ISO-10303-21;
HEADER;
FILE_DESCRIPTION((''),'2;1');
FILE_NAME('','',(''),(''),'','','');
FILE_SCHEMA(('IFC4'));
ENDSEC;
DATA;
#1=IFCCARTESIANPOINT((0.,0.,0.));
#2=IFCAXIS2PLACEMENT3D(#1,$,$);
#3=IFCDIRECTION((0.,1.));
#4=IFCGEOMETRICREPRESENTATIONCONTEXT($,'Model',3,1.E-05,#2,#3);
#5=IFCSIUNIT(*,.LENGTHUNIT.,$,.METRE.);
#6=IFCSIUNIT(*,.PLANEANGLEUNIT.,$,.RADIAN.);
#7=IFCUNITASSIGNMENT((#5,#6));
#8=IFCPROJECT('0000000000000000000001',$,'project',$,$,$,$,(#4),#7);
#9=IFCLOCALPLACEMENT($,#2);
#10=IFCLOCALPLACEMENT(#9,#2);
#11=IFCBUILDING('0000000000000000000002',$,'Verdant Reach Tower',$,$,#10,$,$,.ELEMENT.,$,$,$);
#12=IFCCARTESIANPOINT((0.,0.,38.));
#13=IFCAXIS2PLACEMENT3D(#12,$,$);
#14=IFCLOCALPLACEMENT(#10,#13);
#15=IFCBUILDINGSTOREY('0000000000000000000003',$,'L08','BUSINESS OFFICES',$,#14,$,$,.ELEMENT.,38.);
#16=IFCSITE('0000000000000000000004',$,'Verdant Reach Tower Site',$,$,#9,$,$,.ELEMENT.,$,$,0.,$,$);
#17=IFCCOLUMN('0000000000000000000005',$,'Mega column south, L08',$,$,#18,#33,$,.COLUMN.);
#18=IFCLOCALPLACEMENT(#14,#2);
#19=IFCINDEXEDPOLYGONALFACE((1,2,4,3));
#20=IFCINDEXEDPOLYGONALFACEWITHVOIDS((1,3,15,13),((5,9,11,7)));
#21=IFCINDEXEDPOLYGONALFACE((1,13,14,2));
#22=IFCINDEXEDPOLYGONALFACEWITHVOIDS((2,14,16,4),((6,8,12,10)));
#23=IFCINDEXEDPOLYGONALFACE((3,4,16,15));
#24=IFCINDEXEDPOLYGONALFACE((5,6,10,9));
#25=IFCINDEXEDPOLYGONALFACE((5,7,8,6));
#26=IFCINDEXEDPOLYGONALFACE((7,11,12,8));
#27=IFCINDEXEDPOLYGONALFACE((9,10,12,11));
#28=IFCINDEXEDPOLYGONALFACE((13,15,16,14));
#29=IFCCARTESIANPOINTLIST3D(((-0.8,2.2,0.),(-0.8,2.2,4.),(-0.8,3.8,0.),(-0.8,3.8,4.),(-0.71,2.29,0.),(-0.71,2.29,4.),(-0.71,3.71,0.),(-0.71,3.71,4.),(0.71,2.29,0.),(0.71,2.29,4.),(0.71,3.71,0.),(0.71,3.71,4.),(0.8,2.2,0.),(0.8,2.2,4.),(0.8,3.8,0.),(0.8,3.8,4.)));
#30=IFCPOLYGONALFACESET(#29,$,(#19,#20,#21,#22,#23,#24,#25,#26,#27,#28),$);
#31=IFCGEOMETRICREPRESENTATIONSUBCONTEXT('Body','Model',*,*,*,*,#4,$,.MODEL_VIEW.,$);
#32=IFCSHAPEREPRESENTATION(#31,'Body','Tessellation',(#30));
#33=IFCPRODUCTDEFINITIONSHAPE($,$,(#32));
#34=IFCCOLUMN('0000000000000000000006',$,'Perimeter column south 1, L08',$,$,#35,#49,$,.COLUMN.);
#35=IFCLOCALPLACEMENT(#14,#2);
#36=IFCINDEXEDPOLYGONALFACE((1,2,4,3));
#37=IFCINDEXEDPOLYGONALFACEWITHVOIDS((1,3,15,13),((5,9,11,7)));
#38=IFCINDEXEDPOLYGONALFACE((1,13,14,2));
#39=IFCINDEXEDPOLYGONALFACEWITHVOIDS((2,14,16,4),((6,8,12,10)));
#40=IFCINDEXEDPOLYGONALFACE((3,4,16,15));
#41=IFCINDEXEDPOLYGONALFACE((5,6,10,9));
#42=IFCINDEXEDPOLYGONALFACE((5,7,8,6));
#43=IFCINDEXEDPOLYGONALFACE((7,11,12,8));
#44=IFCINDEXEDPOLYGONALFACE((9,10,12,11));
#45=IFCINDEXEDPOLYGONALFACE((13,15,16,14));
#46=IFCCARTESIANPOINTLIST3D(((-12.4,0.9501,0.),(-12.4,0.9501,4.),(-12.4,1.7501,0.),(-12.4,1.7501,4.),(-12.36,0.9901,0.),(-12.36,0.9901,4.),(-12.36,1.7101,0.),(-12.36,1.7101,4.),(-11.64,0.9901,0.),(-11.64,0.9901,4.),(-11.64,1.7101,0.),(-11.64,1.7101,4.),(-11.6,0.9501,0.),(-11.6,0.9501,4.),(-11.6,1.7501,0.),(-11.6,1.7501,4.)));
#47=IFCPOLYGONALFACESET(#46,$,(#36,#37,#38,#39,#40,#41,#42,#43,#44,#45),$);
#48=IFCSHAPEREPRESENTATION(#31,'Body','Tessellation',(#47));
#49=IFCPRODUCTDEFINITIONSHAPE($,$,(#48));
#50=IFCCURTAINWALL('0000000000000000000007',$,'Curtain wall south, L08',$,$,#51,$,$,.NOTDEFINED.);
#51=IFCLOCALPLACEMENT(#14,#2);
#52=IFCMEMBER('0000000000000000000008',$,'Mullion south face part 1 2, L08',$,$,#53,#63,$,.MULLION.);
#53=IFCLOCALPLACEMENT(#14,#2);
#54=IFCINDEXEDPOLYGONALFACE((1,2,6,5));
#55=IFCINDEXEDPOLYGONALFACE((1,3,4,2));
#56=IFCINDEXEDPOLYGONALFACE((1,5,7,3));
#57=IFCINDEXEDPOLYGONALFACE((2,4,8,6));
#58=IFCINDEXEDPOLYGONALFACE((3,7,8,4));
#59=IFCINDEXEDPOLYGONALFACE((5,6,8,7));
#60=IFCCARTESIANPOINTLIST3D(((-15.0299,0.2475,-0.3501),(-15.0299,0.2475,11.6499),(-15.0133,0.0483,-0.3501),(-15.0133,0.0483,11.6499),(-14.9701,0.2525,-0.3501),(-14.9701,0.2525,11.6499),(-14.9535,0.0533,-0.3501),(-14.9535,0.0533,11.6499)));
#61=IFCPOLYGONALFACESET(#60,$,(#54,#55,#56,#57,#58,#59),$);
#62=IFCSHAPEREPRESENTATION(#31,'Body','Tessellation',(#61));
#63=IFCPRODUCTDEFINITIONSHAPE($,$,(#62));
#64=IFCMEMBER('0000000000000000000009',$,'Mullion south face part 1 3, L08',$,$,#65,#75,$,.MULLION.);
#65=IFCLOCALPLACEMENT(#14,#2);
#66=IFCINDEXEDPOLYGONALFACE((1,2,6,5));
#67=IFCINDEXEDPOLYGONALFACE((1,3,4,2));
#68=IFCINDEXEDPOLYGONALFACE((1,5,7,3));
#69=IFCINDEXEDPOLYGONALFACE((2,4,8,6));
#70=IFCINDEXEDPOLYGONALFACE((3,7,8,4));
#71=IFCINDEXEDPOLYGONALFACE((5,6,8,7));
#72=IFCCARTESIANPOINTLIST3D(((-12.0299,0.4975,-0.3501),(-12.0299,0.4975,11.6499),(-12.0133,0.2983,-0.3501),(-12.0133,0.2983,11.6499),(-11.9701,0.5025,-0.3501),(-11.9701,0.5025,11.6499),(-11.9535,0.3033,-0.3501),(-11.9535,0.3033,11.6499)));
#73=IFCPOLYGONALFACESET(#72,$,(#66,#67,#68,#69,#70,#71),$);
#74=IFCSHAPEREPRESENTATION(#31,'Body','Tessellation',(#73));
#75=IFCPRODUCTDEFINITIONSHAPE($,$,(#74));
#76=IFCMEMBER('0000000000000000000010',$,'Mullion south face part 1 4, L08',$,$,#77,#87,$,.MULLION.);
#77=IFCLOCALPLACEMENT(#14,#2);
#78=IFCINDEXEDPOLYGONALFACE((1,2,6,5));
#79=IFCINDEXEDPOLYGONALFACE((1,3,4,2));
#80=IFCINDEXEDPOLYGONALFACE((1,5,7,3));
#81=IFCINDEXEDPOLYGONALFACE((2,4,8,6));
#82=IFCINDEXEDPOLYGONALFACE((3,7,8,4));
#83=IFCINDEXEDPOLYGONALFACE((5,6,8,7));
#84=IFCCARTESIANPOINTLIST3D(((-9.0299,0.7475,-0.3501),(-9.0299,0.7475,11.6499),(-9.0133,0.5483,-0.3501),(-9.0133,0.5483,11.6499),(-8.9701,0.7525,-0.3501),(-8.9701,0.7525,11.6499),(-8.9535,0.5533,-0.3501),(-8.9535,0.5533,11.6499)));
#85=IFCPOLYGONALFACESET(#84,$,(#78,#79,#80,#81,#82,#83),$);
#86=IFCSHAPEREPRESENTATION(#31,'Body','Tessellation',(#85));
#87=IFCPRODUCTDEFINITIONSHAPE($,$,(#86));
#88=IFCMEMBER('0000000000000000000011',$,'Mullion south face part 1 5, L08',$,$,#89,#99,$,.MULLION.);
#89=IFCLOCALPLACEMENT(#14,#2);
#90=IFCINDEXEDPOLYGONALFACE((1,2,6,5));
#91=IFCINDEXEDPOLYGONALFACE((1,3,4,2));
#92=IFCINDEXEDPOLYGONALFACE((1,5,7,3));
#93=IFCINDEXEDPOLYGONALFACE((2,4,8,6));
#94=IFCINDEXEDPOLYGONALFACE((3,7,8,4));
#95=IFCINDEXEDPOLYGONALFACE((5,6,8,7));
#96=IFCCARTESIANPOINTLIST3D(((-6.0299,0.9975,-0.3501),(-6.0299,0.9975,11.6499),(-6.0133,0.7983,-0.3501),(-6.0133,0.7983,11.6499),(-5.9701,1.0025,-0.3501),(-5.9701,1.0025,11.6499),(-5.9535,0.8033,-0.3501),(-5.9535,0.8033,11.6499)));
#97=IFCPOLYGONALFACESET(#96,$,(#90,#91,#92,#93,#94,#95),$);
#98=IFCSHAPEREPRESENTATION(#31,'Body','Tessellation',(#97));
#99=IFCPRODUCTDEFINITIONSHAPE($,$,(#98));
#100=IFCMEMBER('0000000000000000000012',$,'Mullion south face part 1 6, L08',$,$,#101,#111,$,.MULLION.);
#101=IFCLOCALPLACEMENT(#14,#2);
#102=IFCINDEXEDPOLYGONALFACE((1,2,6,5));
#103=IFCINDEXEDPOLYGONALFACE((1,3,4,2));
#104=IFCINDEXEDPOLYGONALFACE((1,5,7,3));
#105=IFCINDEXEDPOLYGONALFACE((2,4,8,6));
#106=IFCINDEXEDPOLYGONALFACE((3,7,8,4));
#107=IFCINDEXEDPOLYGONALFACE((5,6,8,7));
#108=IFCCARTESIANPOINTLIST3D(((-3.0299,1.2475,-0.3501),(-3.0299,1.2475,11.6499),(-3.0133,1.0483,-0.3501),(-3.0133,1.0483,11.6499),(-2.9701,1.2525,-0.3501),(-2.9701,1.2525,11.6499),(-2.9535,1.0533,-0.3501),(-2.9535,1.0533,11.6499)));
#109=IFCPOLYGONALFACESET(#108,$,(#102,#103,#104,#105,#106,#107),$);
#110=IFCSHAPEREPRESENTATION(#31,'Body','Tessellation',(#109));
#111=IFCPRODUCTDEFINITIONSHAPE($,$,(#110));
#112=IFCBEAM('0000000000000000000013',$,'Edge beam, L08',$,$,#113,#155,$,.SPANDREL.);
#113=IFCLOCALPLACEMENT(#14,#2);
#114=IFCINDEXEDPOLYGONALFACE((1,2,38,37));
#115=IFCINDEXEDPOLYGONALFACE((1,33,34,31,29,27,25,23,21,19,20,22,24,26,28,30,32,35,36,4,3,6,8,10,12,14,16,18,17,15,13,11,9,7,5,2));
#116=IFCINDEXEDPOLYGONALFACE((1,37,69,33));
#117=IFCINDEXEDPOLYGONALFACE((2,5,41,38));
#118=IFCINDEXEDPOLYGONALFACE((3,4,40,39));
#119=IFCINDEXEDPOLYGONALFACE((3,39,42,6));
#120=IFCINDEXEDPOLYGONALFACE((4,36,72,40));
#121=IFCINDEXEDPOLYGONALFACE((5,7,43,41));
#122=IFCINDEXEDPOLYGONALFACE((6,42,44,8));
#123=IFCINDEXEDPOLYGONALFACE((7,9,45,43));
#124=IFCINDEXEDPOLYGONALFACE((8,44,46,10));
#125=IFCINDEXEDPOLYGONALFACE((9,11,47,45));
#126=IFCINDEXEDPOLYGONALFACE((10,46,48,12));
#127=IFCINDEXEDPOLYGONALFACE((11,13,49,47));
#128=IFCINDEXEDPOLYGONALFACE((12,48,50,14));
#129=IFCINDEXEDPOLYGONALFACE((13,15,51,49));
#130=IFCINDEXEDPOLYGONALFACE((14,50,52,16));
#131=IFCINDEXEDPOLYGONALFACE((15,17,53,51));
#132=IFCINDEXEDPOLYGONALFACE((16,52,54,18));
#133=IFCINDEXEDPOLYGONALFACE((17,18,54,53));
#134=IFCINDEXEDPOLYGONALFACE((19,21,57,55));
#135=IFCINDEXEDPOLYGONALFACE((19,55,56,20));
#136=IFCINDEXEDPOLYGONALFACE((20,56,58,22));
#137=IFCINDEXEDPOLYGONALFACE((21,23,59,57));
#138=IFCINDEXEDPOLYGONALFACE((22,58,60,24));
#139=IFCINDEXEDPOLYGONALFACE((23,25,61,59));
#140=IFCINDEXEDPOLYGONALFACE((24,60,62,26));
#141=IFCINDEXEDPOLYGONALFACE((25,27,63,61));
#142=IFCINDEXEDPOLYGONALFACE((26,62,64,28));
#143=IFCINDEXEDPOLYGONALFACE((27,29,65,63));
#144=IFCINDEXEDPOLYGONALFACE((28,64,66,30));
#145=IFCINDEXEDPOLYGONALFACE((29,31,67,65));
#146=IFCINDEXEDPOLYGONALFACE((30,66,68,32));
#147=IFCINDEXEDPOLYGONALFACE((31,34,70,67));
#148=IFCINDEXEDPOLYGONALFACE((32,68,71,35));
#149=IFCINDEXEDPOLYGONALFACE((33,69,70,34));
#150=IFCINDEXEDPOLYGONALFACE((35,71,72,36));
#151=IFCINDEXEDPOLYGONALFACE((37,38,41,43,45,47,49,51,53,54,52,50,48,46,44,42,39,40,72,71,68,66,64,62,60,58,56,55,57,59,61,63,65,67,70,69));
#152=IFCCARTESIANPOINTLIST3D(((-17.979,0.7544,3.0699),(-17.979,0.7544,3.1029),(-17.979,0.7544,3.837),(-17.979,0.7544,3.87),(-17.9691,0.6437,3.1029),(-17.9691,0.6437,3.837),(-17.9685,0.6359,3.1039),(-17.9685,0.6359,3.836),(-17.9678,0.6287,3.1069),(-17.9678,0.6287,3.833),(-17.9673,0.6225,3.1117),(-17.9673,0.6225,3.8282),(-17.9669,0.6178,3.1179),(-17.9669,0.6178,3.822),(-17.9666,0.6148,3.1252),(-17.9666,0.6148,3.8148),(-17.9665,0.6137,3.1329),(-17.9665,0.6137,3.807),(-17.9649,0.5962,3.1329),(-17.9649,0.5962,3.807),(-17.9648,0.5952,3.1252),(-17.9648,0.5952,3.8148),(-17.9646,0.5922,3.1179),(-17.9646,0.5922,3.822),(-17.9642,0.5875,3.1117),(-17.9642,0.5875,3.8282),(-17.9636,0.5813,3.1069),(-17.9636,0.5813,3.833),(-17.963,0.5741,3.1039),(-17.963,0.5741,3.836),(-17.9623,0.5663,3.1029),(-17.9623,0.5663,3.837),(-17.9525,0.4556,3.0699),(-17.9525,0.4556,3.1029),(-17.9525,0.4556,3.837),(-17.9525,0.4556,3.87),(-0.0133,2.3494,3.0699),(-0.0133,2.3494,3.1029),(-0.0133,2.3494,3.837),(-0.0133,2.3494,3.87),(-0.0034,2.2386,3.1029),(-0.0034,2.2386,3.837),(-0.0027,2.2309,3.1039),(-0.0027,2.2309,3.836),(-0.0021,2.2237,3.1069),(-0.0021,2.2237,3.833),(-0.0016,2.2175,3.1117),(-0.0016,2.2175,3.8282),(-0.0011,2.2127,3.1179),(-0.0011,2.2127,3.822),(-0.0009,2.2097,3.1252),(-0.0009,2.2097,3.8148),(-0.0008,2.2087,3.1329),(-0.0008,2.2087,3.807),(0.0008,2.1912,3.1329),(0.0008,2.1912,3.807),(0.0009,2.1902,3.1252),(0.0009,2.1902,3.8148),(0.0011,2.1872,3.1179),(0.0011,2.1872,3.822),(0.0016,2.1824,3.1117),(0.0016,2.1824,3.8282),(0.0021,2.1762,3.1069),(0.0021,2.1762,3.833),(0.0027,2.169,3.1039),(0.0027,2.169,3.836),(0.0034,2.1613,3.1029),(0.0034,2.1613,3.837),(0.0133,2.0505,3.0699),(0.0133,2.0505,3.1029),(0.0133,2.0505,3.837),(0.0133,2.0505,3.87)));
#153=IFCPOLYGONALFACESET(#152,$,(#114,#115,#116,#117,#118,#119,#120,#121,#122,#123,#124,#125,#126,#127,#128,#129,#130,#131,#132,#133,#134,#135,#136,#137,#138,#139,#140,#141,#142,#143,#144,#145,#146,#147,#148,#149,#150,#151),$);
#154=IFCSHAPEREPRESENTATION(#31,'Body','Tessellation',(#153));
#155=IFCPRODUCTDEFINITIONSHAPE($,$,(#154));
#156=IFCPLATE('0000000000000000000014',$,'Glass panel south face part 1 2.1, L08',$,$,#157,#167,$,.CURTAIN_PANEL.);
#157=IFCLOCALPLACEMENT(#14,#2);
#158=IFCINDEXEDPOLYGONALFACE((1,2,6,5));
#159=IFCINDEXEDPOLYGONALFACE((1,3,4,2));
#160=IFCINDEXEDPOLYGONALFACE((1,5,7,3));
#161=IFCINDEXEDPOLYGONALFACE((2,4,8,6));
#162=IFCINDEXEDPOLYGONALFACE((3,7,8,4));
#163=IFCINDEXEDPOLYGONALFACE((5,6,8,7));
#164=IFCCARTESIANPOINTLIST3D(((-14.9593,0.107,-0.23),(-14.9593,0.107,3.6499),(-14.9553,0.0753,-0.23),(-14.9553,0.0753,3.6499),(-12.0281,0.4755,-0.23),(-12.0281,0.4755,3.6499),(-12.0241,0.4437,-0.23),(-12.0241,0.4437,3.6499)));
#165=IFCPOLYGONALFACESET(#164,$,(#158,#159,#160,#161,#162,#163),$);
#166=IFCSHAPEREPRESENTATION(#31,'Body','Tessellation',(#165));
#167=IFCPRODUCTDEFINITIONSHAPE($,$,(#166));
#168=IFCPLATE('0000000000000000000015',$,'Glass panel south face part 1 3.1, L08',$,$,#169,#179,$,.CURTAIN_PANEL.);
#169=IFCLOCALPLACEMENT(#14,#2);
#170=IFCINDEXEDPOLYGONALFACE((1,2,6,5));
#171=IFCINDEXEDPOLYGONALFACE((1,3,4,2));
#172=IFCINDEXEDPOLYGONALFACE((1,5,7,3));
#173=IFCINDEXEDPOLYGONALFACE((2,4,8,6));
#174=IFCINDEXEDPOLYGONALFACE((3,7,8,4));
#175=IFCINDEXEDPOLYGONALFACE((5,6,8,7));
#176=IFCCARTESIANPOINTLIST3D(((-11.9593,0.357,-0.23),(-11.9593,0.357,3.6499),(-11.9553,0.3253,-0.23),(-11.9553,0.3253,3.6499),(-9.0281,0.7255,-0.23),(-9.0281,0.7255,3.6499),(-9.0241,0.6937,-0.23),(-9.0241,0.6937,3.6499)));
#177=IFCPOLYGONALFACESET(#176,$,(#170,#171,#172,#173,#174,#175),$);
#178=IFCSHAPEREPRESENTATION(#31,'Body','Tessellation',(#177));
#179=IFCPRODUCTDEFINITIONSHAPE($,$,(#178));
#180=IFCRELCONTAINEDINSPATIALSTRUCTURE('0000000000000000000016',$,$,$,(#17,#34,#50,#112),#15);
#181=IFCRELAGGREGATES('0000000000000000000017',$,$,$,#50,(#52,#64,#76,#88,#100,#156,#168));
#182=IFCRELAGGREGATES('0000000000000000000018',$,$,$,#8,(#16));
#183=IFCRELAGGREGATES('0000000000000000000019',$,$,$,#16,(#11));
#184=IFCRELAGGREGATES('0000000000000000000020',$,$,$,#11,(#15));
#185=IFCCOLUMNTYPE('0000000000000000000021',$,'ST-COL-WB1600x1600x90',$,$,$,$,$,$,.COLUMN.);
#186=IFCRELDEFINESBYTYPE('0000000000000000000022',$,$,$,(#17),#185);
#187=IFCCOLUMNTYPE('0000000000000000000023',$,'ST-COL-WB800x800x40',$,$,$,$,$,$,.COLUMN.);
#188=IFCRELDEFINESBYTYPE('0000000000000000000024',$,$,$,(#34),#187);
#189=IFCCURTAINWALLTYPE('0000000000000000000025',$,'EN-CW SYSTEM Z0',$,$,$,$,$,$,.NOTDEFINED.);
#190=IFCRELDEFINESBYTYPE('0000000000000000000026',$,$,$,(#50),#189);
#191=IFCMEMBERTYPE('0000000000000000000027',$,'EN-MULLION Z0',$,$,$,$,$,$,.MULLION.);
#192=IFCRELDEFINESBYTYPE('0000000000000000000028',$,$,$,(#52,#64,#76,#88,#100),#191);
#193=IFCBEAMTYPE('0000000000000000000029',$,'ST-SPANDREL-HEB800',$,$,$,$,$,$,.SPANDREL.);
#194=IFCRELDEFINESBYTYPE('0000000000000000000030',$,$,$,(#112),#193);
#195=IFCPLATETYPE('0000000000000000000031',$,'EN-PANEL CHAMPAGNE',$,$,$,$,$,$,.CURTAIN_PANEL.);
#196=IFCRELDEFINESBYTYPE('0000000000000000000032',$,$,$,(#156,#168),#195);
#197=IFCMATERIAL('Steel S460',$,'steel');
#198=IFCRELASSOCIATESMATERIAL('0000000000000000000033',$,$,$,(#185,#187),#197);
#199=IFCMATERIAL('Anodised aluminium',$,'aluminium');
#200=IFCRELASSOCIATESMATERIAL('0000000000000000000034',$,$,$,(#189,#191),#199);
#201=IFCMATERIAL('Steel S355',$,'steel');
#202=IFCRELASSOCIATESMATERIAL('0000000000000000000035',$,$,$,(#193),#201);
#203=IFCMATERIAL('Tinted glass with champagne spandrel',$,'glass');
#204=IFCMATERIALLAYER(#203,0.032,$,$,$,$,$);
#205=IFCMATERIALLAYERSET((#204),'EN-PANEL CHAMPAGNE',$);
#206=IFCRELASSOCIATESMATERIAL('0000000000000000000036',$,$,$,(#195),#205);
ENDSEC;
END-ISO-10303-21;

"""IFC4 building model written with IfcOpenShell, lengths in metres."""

from ifc_helpers import new_model, si_unit, direction, frame, origin, origin_2d, place, context, subcontext, project, spatial, rectangle, hollow_rectangle, i_section, extrude, material, layer, layer_set, material_profile, profile_set, type_object, element, aggregate, save


model = new_model("IFC4")

# Units and contexts
model_context = context("Model", 3, precision=1e-05, world=origin(), true_north=direction((0.0, 1.0)))
body_context = subcontext(model_context, "Body", "Model", "MODEL_VIEW")
ifc_project = project(units=[si_unit("LENGTHUNIT", "METRE"), si_unit("PLANEANGLEUNIT", "RADIAN")], contexts=[model_context])

# Site, building, storey
site_placement = place(None, origin())
site = spatial("IfcSite", under=ifc_project, at=site_placement, Name="Verdant Reach Tower Site", CompositionType="ELEMENT", RefElevation=0.0)
building_placement = place(site_placement, origin())
building = spatial("IfcBuilding", under=site, at=building_placement, Name="Verdant Reach Tower", CompositionType="ELEMENT")
storey_placement = place(building_placement, frame((0.0, 0.0, 38.0)))
storey = spatial("IfcBuildingStorey", under=building, at=storey_placement, Name="L08", Description="BUSINESS OFFICES", CompositionType="ELEMENT", Elevation=38.0)

# Columns
ifc_material_1 = material(Name="Steel S460", Category="steel")
ifc_material_profile_1 = material_profile(ifc_material_1, hollow_rectangle(XDim=1.6001, YDim=1.6001, WallThickness=0.0901, at=origin_2d()), Name="WB 1600x1600x90")
ifc_profile_set_1 = profile_set([ifc_material_profile_1], Name="Steel S460")
column_type_1 = type_object("IfcColumnType", Name="ST-COL-WB1600x1600x90", PredefinedType="COLUMN", material=ifc_profile_set_1)
column_1_placement = place(storey_placement, frame((0.0, 3.0, 0.0), z_axis=(0.0, 0.0, 1.0), x_axis=(1.0, 0.0, 0.0)))
element("IfcColumn", 1, at=column_1_placement, inside=storey, type_object=column_type_1, Name="Mega column south, L08", PredefinedType="COLUMN", context=body_context, shape_type="SweptSolid", body=[
    extrude(hollow_rectangle(XDim=1.6001, YDim=1.6001, WallThickness=0.0901, at=origin_2d()), origin(), (0.0, 0.0, 1.0), 4.0),
])
ifc_material_profile_2 = material_profile(ifc_material_1, hollow_rectangle(XDim=0.8, YDim=0.8, WallThickness=0.04, at=origin_2d()), Name="WB 800x800x40")
ifc_profile_set_2 = profile_set([ifc_material_profile_2], Name="Steel S460")
column_type_2 = type_object("IfcColumnType", Name="ST-COL-WB800x800x40", PredefinedType="COLUMN", material=ifc_profile_set_2)
column_2_placement = place(storey_placement, frame((-12.0, 1.3501, 0.0), z_axis=(0.0, 0.0, 1.0), x_axis=(1.0, 0.0, 0.0)))
element("IfcColumn", 2, at=column_2_placement, inside=storey, type_object=column_type_2, Name="Perimeter column south 1, L08", PredefinedType="COLUMN", context=body_context, shape_type="SweptSolid", body=[
    extrude(hollow_rectangle(XDim=0.8, YDim=0.8, WallThickness=0.04, at=origin_2d()), origin(), (0.0, 0.0, 1.0), 4.0),
])

# Curtain wall, members
ifc_material_2 = material(Name="Anodised aluminium", Category="aluminium")
curtain_wall_type = type_object("IfcCurtainWallType", Name="EN-CW SYSTEM Z0", PredefinedType="NOTDEFINED", material=ifc_material_2)
curtain_wall_placement = place(storey_placement, origin())
curtain_wall = element("IfcCurtainWall", 3, at=curtain_wall_placement, inside=storey, type_object=curtain_wall_type, Name="Curtain wall south, L08", PredefinedType="NOTDEFINED")
ifc_material_profile_3 = material_profile(ifc_material_2, rectangle(XDim=0.2, YDim=0.0601, at=origin_2d()), Name="Mullion 60x200")
ifc_profile_set_3 = profile_set([ifc_material_profile_3], Name="Anodised aluminium")
member_type = type_object("IfcMemberType", Name="EN-MULLION Z0", PredefinedType="MULLION", material=ifc_profile_set_3)
member_1_placement = place(storey_placement, frame((-14.9917, 0.1504, -0.3501), z_axis=(0.0, 0.0, 1.0), x_axis=(0.083045, -0.996546, 0.0)))
member_1 = element("IfcMember", 4, at=member_1_placement, type_object=member_type, Name="Mullion south face part 1 2, L08", PredefinedType="MULLION", context=body_context, shape_type="SweptSolid", body=[
    extrude(rectangle(XDim=0.2, YDim=0.0601, at=origin_2d()), origin(), (0.0, 0.0, 1.0), 12.0),
])
member_2_placement = place(storey_placement, frame((-11.9917, 0.4004, -0.3501), z_axis=(0.0, 0.0, 1.0), x_axis=(0.083045, -0.996546, 0.0)))
member_2 = element("IfcMember", 5, at=member_2_placement, type_object=member_type, Name="Mullion south face part 1 3, L08", PredefinedType="MULLION", context=body_context, shape_type="SweptSolid", body=[
    extrude(rectangle(XDim=0.2, YDim=0.0601, at=origin_2d()), origin(), (0.0, 0.0, 1.0), 12.0),
])
member_3_placement = place(storey_placement, frame((-8.9917, 0.6504, -0.3501), z_axis=(0.0, 0.0, 1.0), x_axis=(0.083045, -0.996546, 0.0)))
member_3 = element("IfcMember", 6, at=member_3_placement, type_object=member_type, Name="Mullion south face part 1 4, L08", PredefinedType="MULLION", context=body_context, shape_type="SweptSolid", body=[
    extrude(rectangle(XDim=0.2, YDim=0.0601, at=origin_2d()), origin(), (0.0, 0.0, 1.0), 12.0),
])
member_4_placement = place(storey_placement, frame((-5.9917, 0.9004, -0.3501), z_axis=(0.0, 0.0, 1.0), x_axis=(0.083045, -0.996546, 0.0)))
member_4 = element("IfcMember", 7, at=member_4_placement, type_object=member_type, Name="Mullion south face part 1 5, L08", PredefinedType="MULLION", context=body_context, shape_type="SweptSolid", body=[
    extrude(rectangle(XDim=0.2, YDim=0.0601, at=origin_2d()), origin(), (0.0, 0.0, 1.0), 12.0),
])
member_5_placement = place(storey_placement, frame((-2.9917, 1.1504, -0.3501), z_axis=(0.0, 0.0, 1.0), x_axis=(0.083045, -0.996546, 0.0)))
member_5 = element("IfcMember", 8, at=member_5_placement, type_object=member_type, Name="Mullion south face part 1 6, L08", PredefinedType="MULLION", context=body_context, shape_type="SweptSolid", body=[
    extrude(rectangle(XDim=0.2, YDim=0.0601, at=origin_2d()), origin(), (0.0, 0.0, 1.0), 12.0),
])

# Beam
ifc_material_3 = material(Name="Steel S355", Category="steel")
ifc_material_profile_4 = material_profile(ifc_material_3, i_section(OverallWidth=0.3, OverallDepth=0.8, WebThickness=0.0176, FlangeThickness=0.033, FilletRadius=0.03, at=origin_2d()), Name="HEB 800")
ifc_profile_set_4 = profile_set([ifc_material_profile_4], Name="Steel S355")
beam_type = type_object("IfcBeamType", Name="ST-SPANDREL-HEB800", PredefinedType="SPANDREL", material=ifc_profile_set_4)
beam_placement = place(storey_placement, frame((0.0, 2.2, 3.47), z_axis=(-0.996082, -0.08843, 0.0), x_axis=(0.08843, -0.996082, 0.0)))
element("IfcBeam", 9, at=beam_placement, inside=storey, type_object=beam_type, Name="Edge beam, L08", PredefinedType="SPANDREL", context=body_context, shape_type="SweptSolid", body=[
    extrude(i_section(OverallWidth=0.3, OverallDepth=0.8, WebThickness=0.0176, FlangeThickness=0.033, FilletRadius=0.03, at=origin_2d()), origin(), (0.0, 0.0, 1.0), 18.0364),
])

# Plates
ifc_material_4 = material(Name="Tinted glass with champagne spandrel", Category="glass")
ifc_layer_1 = layer(ifc_material_4, 0.032)
ifc_layer_set_1 = layer_set([ifc_layer_1], Name="EN-PANEL CHAMPAGNE")
plate_type_1 = type_object("IfcPlateType", Name="EN-PANEL CHAMPAGNE", PredefinedType="CURTAIN_PANEL", material=ifc_layer_set_1)
plate_1_placement = place(storey_placement, frame((-13.4917, 0.2754, -0.23), z_axis=(0.0, 0.0, 1.0), x_axis=(0.992194, 0.124704, 0.0)))
plate_1 = element("IfcPlate", 10, at=plate_1_placement, type_object=plate_type_1, Name="Glass panel south face part 1 2.1, L08", PredefinedType="CURTAIN_PANEL", context=body_context, shape_type="SweptSolid", body=[
    extrude(rectangle(XDim=2.9543, YDim=0.032, at=origin_2d()), origin(), (0.0, 0.0, 1.0), 3.8799),
])
plate_2_placement = place(storey_placement, frame((-10.4917, 0.5254, -0.23), z_axis=(0.0, 0.0, 1.0), x_axis=(0.992194, 0.124704, 0.0)))
plate_2 = element("IfcPlate", 11, at=plate_2_placement, type_object=plate_type_1, Name="Glass panel south face part 1 3.1, L08", PredefinedType="CURTAIN_PANEL", context=body_context, shape_type="SweptSolid", body=[
    extrude(rectangle(XDim=2.9543, YDim=0.032, at=origin_2d()), origin(), (0.0, 0.0, 1.0), 3.8799),
])
aggregate(curtain_wall, [member_1, member_2, member_3, member_4, member_5, plate_1, plate_2])

save(model, "model.ifc")
